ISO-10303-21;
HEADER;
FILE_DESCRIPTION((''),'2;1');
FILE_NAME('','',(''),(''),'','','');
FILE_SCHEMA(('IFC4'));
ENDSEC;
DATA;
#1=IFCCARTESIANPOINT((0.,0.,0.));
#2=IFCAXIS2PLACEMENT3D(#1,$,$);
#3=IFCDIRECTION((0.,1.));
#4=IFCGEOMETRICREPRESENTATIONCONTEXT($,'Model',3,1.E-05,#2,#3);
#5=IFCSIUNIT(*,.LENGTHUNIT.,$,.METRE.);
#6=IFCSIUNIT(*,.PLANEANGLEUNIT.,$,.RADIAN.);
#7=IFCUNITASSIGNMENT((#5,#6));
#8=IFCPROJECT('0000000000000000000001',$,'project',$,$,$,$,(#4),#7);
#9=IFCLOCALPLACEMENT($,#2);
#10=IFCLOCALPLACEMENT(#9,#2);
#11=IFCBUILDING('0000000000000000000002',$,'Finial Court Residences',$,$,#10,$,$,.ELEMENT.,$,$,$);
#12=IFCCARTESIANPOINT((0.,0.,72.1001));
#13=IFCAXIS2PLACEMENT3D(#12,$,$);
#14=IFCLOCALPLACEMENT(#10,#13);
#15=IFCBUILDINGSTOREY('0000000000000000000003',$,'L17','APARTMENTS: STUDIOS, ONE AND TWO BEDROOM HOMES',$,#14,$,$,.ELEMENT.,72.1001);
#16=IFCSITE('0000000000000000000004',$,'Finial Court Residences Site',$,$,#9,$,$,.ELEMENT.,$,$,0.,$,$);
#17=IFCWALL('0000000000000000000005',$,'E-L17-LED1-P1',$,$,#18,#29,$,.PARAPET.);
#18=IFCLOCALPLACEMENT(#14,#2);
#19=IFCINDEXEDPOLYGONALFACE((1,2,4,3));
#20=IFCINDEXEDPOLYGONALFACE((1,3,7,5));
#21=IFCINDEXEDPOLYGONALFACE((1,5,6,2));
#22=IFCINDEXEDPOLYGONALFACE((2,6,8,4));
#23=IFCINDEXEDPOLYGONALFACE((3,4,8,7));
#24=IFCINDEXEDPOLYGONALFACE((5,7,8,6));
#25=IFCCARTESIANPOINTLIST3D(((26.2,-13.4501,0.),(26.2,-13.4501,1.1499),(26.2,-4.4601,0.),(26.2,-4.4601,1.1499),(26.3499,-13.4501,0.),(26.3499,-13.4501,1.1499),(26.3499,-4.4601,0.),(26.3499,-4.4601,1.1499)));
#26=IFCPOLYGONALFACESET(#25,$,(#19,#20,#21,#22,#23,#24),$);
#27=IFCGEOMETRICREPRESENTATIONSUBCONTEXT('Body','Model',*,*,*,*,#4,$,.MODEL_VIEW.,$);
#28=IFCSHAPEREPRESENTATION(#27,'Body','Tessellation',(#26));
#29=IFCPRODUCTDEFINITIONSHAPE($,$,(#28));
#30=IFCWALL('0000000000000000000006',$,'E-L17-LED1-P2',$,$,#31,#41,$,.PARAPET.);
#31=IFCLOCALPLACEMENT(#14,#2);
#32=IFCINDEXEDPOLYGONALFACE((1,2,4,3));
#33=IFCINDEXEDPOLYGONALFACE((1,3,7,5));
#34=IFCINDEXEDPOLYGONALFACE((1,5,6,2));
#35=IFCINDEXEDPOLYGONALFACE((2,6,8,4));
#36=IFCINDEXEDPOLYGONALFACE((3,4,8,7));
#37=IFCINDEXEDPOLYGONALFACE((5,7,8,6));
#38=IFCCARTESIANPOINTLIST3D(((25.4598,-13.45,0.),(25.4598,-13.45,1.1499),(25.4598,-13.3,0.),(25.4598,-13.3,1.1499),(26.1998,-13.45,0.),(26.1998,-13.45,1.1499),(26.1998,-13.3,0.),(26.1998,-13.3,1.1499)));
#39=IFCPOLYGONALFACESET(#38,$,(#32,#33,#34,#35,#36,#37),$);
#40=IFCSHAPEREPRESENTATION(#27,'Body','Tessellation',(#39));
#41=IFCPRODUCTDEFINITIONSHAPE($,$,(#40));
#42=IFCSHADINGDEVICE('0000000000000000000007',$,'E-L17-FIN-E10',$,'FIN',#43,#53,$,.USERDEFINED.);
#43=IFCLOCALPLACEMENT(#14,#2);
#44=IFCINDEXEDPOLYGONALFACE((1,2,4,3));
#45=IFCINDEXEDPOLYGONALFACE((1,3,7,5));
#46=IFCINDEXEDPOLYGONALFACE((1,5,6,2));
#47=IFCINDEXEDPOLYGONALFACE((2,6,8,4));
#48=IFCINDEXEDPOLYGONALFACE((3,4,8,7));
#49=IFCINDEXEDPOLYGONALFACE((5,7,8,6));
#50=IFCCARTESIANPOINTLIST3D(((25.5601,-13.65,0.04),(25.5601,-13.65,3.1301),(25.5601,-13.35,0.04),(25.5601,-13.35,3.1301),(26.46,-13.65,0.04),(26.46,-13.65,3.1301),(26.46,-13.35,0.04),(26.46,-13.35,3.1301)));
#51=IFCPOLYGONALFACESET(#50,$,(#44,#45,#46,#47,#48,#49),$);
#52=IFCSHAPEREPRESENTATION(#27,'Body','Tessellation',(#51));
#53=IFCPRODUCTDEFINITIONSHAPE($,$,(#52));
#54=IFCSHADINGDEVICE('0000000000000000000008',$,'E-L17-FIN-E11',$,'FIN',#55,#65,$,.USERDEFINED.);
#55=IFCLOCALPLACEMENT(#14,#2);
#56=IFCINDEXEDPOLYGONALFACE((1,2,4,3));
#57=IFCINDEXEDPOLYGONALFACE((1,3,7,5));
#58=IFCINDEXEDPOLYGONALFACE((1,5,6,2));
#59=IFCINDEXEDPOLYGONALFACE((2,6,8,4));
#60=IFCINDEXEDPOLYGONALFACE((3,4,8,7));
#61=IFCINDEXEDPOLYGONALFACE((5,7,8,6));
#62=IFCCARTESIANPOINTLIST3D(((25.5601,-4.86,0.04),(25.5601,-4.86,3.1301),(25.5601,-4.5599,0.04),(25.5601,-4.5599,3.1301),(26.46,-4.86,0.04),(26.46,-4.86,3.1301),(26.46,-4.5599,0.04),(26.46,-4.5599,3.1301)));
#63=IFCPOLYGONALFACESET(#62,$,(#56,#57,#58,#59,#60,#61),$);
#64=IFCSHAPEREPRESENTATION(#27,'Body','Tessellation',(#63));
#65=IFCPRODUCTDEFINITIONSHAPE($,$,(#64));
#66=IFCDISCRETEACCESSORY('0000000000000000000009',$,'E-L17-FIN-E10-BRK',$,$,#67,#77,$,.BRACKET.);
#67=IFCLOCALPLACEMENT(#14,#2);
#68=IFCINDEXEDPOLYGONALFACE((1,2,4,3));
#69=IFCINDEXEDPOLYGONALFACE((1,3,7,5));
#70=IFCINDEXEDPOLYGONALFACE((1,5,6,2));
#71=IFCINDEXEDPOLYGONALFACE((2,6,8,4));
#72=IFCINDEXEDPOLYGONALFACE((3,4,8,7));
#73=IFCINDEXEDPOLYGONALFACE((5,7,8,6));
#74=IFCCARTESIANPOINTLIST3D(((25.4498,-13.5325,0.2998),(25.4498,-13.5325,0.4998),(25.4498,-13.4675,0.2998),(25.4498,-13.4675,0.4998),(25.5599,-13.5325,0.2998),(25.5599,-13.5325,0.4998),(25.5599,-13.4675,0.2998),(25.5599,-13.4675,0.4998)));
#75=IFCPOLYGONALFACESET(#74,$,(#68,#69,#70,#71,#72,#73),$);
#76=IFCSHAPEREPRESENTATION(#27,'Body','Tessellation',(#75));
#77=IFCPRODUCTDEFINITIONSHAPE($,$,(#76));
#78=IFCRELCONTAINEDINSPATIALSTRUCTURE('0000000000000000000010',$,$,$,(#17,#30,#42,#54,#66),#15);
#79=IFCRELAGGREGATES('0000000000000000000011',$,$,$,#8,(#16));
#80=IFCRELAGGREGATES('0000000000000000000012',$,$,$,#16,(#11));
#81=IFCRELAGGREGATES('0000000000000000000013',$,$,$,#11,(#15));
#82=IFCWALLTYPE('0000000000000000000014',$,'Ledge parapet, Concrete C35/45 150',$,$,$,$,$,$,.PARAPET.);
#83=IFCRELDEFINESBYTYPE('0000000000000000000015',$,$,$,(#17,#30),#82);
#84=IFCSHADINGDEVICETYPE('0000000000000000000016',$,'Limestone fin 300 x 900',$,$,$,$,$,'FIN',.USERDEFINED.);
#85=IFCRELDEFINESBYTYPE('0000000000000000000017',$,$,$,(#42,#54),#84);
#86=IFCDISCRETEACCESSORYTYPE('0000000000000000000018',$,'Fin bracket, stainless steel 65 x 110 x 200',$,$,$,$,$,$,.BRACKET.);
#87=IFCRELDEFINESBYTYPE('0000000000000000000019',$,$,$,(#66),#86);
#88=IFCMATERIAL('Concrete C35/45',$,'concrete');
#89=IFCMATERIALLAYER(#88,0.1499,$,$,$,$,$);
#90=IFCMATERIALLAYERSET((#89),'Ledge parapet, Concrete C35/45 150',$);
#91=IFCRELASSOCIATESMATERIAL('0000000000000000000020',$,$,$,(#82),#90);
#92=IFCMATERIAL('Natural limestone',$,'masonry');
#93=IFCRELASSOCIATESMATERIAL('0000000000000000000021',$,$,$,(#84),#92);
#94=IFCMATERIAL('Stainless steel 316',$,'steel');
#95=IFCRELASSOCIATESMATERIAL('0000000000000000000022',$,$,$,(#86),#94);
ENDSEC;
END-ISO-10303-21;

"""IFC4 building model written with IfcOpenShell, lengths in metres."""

from ifc_helpers import new_model, si_unit, direction, frame, frame_2d, origin, origin_2d, place, context, subcontext, project, spatial, rectangle, extrude, material, layer, layer_set, type_object, element, save


model = new_model("IFC4")

# Units and contexts
model_context = context("Model", 3, precision=1e-05, world=origin(), true_north=direction((0.0, 1.0)))
body_context = subcontext(model_context, "Body", "Model", "MODEL_VIEW")
ifc_project = project(units=[si_unit("LENGTHUNIT", "METRE"), si_unit("PLANEANGLEUNIT", "RADIAN")], contexts=[model_context])

# Site, building, storey
site_placement = place(None, origin())
site = spatial("IfcSite", under=ifc_project, at=site_placement, Name="Finial Court Residences Site", CompositionType="ELEMENT", RefElevation=0.0)
building_placement = place(site_placement, origin())
building = spatial("IfcBuilding", under=site, at=building_placement, Name="Finial Court Residences", CompositionType="ELEMENT")
storey_placement = place(building_placement, frame((0.0, 0.0, 72.1001)))
storey = spatial("IfcBuildingStorey", under=building, at=storey_placement, Name="L17", Description="APARTMENTS: STUDIOS, ONE AND TWO BEDROOM HOMES", CompositionType="ELEMENT", Elevation=72.1001)

# Walls
ifc_material_1 = material(Name="Concrete C35/45", Category="concrete")
ifc_layer_1 = layer(ifc_material_1, 0.1499)
ifc_layer_set_1 = layer_set([ifc_layer_1], Name="Ledge parapet, Concrete C35/45 150")
wall_type_1 = type_object("IfcWallType", Name="Ledge parapet, Concrete C35/45 150", PredefinedType="PARAPET", material=ifc_layer_set_1)
wall_1_placement = place(storey_placement, frame((26.2749, -4.46, 0.0), z_axis=(0.0, 0.0, 1.0), x_axis=(0.0, -1.0, 0.0)))
element("IfcWall", 1, at=wall_1_placement, inside=storey, type_object=wall_type_1, Name="E-L17-LED1-P1", PredefinedType="PARAPET", context=body_context, shape_type="SweptSolid", body=[
    extrude(rectangle(XDim=8.99, YDim=0.1499, at=frame_2d((4.4951, 0.0))), origin(), (0.0, 0.0, 1.0), 1.1499),
])
wall_2_placement = place(storey_placement, frame((26.2, -13.375, 0.0), z_axis=(0.0, 0.0, 1.0), x_axis=(-1.0, 0.0, 0.0)))
element("IfcWall", 2, at=wall_2_placement, inside=storey, type_object=wall_type_1, Name="E-L17-LED1-P2", PredefinedType="PARAPET", context=body_context, shape_type="SweptSolid", body=[
    extrude(rectangle(XDim=0.74, YDim=0.1499, at=frame_2d((0.3701, 0.0))), origin(), (0.0, 0.0, 1.0), 1.1499),
])

# Shading devices
ifc_material_2 = material(Name="Natural limestone", Category="masonry")
shading_device_type = type_object("IfcShadingDeviceType", Name="Limestone fin 300 x 900", ElementType="FIN", PredefinedType="USERDEFINED", material=ifc_material_2)
for number, where, z_axis, x_axis, name in (
    (3, (26.01, -13.5, 0.04), (0.0, 0.0, 1.0), (1.0, 0.0, 0.0), "E-L17-FIN-E10"),
    (4, (26.01, -4.71, 0.04), (0.0, 0.0, 1.0), (1.0, 0.0, 0.0), "E-L17-FIN-E11"),
):
    element("IfcShadingDevice", number, at=place(storey_placement, frame(where, z_axis=z_axis, x_axis=x_axis)), inside=storey, type_object=shading_device_type, Name=name, ObjectType="FIN", PredefinedType="USERDEFINED", context=body_context, shape_type="SweptSolid", body=[
        extrude(rectangle(XDim=0.8999, YDim=0.3, at=origin_2d()), origin(), (0.0, 0.0, 1.0), 3.0901),
    ])

# Discrete accessory
ifc_material_3 = material(Name="Stainless steel 316", Category="steel")
discrete_accessory_type = type_object("IfcDiscreteAccessoryType", Name="Fin bracket, stainless steel 65 x 110 x 200", PredefinedType="BRACKET", material=ifc_material_3)
discrete_accessory_placement = place(storey_placement, frame((25.5049, -13.5, 0.2998), z_axis=(0.0, 0.0, 1.0), x_axis=(1.0, 0.0, 0.0)))
element("IfcDiscreteAccessory", 5, at=discrete_accessory_placement, inside=storey, type_object=discrete_accessory_type, Name="E-L17-FIN-E10-BRK", PredefinedType="BRACKET", context=body_context, shape_type="SweptSolid", body=[
    extrude(rectangle(XDim=0.1101, YDim=0.0649, at=origin_2d()), origin(), (0.0, 0.0, 1.0), 0.2),
])

save(model, "model.ifc")
